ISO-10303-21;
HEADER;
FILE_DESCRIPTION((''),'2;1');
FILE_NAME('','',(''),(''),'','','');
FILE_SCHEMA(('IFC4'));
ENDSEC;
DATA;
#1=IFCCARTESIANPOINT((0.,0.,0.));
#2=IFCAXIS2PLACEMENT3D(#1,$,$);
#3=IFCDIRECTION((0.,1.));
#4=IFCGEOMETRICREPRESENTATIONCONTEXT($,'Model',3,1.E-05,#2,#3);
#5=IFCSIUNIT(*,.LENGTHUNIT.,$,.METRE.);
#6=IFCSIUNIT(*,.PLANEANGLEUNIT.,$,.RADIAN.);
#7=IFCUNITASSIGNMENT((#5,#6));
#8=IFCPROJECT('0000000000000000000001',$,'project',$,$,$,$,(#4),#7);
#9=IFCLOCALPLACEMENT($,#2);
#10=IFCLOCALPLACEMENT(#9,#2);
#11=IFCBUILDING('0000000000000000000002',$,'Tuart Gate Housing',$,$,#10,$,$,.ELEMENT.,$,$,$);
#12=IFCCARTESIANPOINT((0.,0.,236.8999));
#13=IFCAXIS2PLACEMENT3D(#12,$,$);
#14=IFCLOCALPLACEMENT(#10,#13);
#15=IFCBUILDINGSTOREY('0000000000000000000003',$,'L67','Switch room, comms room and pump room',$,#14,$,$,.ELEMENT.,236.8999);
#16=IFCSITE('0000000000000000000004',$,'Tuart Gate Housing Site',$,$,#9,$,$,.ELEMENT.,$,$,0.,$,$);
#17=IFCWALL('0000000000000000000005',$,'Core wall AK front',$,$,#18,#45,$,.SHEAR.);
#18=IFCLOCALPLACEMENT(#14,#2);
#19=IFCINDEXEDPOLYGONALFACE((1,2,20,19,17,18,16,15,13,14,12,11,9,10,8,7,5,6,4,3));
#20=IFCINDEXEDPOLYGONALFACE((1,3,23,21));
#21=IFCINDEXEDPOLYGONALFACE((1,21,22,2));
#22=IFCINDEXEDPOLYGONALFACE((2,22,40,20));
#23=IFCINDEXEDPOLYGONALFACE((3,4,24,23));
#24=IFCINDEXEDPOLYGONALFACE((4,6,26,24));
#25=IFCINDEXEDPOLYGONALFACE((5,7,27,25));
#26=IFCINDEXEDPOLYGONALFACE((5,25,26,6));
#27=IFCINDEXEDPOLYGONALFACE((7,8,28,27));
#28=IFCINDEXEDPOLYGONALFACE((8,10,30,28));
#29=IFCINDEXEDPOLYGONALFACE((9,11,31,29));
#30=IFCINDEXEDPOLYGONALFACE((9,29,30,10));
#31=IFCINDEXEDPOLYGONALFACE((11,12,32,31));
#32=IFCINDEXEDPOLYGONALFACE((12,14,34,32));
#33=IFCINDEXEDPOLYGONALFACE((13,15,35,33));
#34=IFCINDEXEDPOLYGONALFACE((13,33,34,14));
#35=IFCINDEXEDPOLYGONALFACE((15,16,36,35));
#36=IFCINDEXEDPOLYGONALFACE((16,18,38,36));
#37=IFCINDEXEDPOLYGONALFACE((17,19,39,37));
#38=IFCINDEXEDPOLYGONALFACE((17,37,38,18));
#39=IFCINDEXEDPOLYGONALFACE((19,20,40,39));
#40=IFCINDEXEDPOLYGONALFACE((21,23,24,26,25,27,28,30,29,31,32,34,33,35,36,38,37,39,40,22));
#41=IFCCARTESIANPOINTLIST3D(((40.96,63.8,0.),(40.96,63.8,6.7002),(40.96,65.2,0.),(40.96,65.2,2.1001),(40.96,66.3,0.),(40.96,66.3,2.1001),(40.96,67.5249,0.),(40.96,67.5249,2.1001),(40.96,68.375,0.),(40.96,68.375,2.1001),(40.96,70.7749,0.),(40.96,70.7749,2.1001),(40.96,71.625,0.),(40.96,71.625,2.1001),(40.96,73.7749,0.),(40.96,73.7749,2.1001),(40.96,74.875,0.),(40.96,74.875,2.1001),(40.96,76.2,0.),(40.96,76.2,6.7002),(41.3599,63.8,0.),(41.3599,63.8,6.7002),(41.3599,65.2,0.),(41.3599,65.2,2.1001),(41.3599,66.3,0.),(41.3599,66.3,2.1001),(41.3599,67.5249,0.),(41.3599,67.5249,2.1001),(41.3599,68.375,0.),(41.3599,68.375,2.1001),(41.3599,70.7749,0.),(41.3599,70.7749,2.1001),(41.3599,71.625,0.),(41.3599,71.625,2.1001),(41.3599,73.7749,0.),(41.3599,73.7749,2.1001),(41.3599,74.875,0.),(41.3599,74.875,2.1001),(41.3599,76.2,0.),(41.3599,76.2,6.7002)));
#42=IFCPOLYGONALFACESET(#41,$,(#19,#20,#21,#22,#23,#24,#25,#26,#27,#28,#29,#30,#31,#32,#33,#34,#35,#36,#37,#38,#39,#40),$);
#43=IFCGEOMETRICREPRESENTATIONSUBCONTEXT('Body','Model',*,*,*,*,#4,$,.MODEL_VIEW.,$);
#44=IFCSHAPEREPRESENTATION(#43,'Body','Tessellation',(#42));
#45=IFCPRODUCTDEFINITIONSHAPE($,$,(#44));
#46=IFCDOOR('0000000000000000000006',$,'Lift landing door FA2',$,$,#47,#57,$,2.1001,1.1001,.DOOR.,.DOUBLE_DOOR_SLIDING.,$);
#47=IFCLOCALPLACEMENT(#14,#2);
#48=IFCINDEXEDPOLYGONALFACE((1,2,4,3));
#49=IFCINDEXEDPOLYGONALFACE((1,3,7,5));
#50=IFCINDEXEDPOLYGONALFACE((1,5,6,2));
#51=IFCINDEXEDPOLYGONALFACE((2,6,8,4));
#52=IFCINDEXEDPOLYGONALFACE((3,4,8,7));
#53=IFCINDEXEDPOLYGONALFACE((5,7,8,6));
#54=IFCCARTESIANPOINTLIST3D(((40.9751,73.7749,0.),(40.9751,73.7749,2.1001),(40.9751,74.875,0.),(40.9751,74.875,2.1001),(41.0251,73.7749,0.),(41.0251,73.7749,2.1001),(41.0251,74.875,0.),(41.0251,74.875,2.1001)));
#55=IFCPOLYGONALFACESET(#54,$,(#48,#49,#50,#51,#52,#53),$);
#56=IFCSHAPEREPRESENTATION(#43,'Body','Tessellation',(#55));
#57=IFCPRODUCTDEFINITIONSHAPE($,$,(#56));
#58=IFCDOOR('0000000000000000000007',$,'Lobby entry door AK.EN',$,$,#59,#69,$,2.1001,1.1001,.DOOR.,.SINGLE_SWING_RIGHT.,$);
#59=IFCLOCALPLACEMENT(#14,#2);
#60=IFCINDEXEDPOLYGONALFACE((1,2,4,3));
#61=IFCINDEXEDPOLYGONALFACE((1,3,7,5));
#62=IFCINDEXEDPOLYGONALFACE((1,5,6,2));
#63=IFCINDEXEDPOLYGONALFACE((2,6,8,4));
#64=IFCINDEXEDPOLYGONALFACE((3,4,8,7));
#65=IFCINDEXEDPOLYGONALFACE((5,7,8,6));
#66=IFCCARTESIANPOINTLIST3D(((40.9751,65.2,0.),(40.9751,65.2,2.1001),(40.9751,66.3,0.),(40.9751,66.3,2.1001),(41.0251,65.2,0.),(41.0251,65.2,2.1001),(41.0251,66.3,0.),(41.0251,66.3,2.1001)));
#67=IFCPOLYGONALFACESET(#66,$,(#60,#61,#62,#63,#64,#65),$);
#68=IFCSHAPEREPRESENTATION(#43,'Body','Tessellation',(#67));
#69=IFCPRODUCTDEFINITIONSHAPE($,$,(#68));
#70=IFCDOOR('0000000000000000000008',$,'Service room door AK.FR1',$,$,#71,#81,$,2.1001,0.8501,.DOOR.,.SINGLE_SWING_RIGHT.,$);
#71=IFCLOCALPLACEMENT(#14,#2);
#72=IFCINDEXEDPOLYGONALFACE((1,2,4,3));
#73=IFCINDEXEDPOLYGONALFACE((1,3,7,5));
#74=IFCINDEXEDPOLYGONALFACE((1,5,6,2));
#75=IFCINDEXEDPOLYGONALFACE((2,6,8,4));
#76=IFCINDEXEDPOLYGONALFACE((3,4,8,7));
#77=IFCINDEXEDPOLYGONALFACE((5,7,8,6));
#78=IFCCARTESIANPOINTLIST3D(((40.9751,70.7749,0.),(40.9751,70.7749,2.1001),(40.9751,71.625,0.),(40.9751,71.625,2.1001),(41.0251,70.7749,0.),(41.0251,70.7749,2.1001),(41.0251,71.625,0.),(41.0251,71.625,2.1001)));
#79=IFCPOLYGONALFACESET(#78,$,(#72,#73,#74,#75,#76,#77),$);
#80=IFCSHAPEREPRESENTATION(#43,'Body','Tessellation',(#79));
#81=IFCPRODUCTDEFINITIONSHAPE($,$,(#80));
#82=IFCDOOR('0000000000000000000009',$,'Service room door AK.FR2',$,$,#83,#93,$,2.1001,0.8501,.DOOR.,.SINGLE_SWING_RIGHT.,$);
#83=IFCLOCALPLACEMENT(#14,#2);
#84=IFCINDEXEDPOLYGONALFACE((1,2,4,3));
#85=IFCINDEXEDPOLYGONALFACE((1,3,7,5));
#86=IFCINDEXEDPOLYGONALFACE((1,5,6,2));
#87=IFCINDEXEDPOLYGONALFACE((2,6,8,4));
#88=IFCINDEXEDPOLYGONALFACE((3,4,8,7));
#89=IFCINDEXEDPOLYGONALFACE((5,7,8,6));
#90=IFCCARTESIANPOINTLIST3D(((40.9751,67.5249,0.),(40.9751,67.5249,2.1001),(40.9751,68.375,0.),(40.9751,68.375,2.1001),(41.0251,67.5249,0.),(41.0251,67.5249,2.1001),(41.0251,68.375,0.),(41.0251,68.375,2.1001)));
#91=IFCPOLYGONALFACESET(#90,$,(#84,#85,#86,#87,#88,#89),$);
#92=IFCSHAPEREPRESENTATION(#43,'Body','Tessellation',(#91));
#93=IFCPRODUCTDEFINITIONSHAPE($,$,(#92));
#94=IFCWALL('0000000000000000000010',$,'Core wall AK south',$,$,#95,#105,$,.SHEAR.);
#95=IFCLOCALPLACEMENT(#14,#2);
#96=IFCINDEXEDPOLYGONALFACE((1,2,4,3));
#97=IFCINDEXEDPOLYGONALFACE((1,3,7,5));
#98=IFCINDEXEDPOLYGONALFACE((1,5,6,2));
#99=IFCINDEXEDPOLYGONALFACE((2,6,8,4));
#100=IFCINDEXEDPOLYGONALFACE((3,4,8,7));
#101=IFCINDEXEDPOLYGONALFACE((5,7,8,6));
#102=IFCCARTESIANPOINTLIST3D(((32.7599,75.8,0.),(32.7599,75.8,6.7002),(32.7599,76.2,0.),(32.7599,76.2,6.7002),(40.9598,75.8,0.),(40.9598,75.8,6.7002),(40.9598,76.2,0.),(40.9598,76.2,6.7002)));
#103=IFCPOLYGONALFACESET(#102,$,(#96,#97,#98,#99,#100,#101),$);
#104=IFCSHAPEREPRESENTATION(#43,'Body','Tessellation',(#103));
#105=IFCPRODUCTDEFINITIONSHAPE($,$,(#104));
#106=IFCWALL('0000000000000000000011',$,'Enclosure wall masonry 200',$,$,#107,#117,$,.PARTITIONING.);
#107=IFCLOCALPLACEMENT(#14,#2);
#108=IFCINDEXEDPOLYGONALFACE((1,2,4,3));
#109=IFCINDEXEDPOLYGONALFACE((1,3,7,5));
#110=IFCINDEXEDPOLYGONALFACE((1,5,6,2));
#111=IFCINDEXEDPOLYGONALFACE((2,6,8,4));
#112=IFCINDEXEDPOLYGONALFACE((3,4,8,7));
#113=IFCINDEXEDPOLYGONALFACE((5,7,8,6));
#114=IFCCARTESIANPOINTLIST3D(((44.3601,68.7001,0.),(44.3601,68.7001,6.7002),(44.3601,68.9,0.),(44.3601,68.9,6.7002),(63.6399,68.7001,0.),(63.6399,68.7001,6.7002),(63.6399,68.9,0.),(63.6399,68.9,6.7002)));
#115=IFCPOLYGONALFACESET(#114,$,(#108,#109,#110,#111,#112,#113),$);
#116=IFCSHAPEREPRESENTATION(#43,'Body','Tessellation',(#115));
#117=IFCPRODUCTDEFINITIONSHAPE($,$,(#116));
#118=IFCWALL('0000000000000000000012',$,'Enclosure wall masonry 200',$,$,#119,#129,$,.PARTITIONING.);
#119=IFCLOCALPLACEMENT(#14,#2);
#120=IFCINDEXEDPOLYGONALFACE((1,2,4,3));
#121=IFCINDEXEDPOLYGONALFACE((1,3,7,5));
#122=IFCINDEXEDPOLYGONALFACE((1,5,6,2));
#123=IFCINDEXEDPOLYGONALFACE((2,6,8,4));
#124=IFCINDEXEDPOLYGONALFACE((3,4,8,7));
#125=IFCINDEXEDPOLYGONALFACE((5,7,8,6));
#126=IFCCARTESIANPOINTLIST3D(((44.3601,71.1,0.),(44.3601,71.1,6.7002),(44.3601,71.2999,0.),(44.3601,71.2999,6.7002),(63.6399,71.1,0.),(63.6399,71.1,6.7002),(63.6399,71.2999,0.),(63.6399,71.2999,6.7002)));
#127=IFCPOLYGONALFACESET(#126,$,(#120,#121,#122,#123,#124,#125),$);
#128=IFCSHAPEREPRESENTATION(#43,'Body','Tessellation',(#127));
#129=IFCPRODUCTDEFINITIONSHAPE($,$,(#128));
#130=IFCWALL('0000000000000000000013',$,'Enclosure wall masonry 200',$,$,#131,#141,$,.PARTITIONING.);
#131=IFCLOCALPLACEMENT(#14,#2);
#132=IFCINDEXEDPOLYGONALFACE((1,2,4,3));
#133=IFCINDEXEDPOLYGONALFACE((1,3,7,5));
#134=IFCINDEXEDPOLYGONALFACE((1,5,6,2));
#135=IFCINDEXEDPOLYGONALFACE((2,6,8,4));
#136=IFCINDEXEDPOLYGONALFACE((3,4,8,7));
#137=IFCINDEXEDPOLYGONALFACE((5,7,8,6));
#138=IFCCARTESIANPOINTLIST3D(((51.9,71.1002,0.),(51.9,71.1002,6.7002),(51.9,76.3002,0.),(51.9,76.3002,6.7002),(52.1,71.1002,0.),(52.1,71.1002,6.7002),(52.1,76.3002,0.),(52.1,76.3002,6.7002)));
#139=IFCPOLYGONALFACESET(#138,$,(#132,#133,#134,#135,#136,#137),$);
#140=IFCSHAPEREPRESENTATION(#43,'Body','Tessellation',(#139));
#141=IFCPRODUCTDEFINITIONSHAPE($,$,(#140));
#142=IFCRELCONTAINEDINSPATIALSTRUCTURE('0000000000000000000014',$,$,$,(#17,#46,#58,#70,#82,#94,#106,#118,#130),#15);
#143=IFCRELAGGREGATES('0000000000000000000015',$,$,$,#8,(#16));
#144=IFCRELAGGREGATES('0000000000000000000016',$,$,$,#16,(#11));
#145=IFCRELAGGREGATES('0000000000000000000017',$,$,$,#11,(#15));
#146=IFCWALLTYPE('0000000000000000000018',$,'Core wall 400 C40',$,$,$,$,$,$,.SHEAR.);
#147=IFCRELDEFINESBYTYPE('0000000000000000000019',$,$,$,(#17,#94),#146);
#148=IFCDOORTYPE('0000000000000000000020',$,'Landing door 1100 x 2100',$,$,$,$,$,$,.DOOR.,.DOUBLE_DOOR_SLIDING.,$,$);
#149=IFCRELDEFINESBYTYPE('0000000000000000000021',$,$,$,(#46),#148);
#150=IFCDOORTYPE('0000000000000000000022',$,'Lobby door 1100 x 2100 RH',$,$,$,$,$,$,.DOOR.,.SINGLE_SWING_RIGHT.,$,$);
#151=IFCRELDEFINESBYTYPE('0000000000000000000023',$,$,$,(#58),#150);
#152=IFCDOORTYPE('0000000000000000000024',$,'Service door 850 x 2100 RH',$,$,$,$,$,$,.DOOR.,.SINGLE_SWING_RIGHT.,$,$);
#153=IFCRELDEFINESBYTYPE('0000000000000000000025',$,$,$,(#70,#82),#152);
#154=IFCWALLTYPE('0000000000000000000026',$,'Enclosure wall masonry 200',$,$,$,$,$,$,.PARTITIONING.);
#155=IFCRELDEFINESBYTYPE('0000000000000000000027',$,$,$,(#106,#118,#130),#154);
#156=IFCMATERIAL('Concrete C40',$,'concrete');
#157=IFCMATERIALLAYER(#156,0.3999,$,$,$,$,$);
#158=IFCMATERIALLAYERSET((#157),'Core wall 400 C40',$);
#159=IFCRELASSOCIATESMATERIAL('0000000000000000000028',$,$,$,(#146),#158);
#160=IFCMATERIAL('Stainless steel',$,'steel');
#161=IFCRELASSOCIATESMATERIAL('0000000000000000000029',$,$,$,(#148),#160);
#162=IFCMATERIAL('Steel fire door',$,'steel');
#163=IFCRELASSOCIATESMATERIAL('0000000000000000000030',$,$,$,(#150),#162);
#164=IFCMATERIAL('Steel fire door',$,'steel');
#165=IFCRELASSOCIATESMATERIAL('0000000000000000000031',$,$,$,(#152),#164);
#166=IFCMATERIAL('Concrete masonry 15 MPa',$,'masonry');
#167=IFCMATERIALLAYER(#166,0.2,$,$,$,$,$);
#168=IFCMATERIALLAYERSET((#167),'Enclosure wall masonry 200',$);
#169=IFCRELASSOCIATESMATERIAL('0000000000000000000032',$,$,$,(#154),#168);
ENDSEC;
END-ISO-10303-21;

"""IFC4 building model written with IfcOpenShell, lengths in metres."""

from ifc_helpers import new_model, si_unit, direction, frame, frame_2d, origin, place, context, subcontext, project, spatial, rectangle, extrude, material, layer, layer_set, type_object, element, fill, save


model = new_model("IFC4")

# Units and contexts
model_context = context("Model", 3, precision=1e-05, world=origin(), true_north=direction((0.0, 1.0)))
body_context = subcontext(model_context, "Body", "Model", "MODEL_VIEW")
ifc_project = project(units=[si_unit("LENGTHUNIT", "METRE"), si_unit("PLANEANGLEUNIT", "RADIAN")], contexts=[model_context])

# Site, building, storey
site_placement = place(None, origin())
site = spatial("IfcSite", under=ifc_project, at=site_placement, Name="Tuart Gate Housing Site", CompositionType="ELEMENT", RefElevation=0.0)
building_placement = place(site_placement, origin())
building = spatial("IfcBuilding", under=site, at=building_placement, Name="Tuart Gate Housing", CompositionType="ELEMENT")
storey_placement = place(building_placement, frame((0.0, 0.0, 236.8999)))
storey = spatial("IfcBuildingStorey", under=building, at=storey_placement, Name="L67", Description="Switch room, comms room and pump room", CompositionType="ELEMENT", Elevation=236.8999)

# Wall, openings, doors
ifc_material_1 = material(Name="Concrete C40", Category="concrete")
ifc_layer_1 = layer(ifc_material_1, 0.3999)
ifc_layer_set_1 = layer_set([ifc_layer_1], Name="Core wall 400 C40")
wall_type_1 = type_object("IfcWallType", Name="Core wall 400 C40", PredefinedType="SHEAR", material=ifc_layer_set_1)
wall_1_placement = place(storey_placement, frame((41.1599, 76.2, 0.0), z_axis=(0.0, 0.0, 1.0), x_axis=(0.0, -1.0, 0.0)))
wall_1 = element("IfcWall", 1, at=wall_1_placement, inside=storey, type_object=wall_type_1, Name="Core wall AK front", PredefinedType="SHEAR", context=body_context, shape_type="SweptSolid", body=[
    extrude(rectangle(XDim=12.3999, YDim=0.3999, at=frame_2d((6.2, 0.0))), origin(), (0.0, 0.0, 1.0), 6.7002),
])
opening_1_placement = place(wall_1_placement, frame((1.325, 0.0, 0.0)))
opening_1 = element("IfcOpeningElement", 2, at=opening_1_placement, cuts=wall_1, PredefinedType="OPENING", context=body_context, shape_type="SweptSolid", body=[
    extrude(rectangle(XDim=1.1001, YDim=2.1001, at=frame_2d((0.55, 1.05))), frame((0.0, 0.21, 0.0), z_axis=(0.0, -1.0, 0.0), x_axis=(1.0, 0.0, 0.0)), (0.0, 0.0, 1.0), 0.4199),
])
opening_2_placement = place(wall_1_placement, frame((4.575, 0.0, 0.0)))
opening_2 = element("IfcOpeningElement", 3, at=opening_2_placement, cuts=wall_1, PredefinedType="OPENING", context=body_context, shape_type="SweptSolid", body=[
    extrude(rectangle(XDim=0.8501, YDim=2.1001, at=frame_2d((0.425, 1.05))), frame((0.0, 0.21, 0.0), z_axis=(0.0, -1.0, 0.0), x_axis=(1.0, 0.0, 0.0)), (0.0, 0.0, 1.0), 0.4199),
])
opening_3_placement = place(wall_1_placement, frame((7.825, 0.0, 0.0)))
opening_3 = element("IfcOpeningElement", 4, at=opening_3_placement, cuts=wall_1, PredefinedType="OPENING", context=body_context, shape_type="SweptSolid", body=[
    extrude(rectangle(XDim=0.8501, YDim=2.1001, at=frame_2d((0.425, 1.05))), frame((0.0, 0.21, 0.0), z_axis=(0.0, -1.0, 0.0), x_axis=(1.0, 0.0, 0.0)), (0.0, 0.0, 1.0), 0.4199),
])
opening_4_placement = place(wall_1_placement, frame((9.8999, 0.0, 0.0)))
opening_4 = element("IfcOpeningElement", 5, at=opening_4_placement, cuts=wall_1, PredefinedType="OPENING", context=body_context, shape_type="SweptSolid", body=[
    extrude(rectangle(XDim=1.1001, YDim=2.1001, at=frame_2d((0.55, 1.05))), frame((0.0, 0.21, 0.0), z_axis=(0.0, -1.0, 0.0), x_axis=(1.0, 0.0, 0.0)), (0.0, 0.0, 1.0), 0.4199),
])
ifc_material_2 = material(Name="Stainless steel", Category="steel")
door_type_1 = type_object("IfcDoorType", Name="Landing door 1100 x 2100", OperationType="DOUBLE_DOOR_SLIDING", PredefinedType="DOOR", material=ifc_material_2)
door_1_placement = place(opening_1_placement, origin())
door_1 = element("IfcDoor", 6, at=door_1_placement, inside=storey, type_object=door_type_1, Name="Lift landing door FA2", OperationType="DOUBLE_DOOR_SLIDING", OverallHeight=2.1001, OverallWidth=1.1001, PredefinedType="DOOR", context=body_context, shape_type="SweptSolid", body=[
    extrude(rectangle(XDim=1.1001, YDim=2.1001, at=frame_2d((0.55, 1.05))), frame((0.0, -0.1348, 0.0), z_axis=(0.0, -1.0, 0.0), x_axis=(1.0, 0.0, 0.0)), (0.0, 0.0, 1.0), 0.05),
])
fill(opening_1, door_1)
ifc_material_3 = material(Name="Steel fire door", Category="steel")
door_type_2 = type_object("IfcDoorType", Name="Lobby door 1100 x 2100 RH", OperationType="SINGLE_SWING_RIGHT", PredefinedType="DOOR", material=ifc_material_3)
door_2_placement = place(opening_4_placement, frame((1.1001, 0.0, 0.0), z_axis=(0.0, 0.0, 1.0), x_axis=(-1.0, 0.0, 0.0)))
door_2 = element("IfcDoor", 7, at=door_2_placement, inside=storey, type_object=door_type_2, Name="Lobby entry door AK.EN", OperationType="SINGLE_SWING_RIGHT", OverallHeight=2.1001, OverallWidth=1.1001, PredefinedType="DOOR", context=body_context, shape_type="SweptSolid", body=[
    extrude(rectangle(XDim=1.1001, YDim=2.1001, at=frame_2d((0.55, 1.05))), frame((0.0, 0.1848, 0.0), z_axis=(0.0, -1.0, 0.0), x_axis=(1.0, 0.0, 0.0)), (0.0, 0.0, 1.0), 0.05),
])
fill(opening_4, door_2)
ifc_material_4 = material(Name="Steel fire door", Category="steel")
door_type_3 = type_object("IfcDoorType", Name="Service door 850 x 2100 RH", OperationType="SINGLE_SWING_RIGHT", PredefinedType="DOOR", material=ifc_material_4)
door_3_placement = place(opening_2_placement, frame((0.8501, 0.0, 0.0), z_axis=(0.0, 0.0, 1.0), x_axis=(-1.0, 0.0, 0.0)))
door_3 = element("IfcDoor", 8, at=door_3_placement, inside=storey, type_object=door_type_3, Name="Service room door AK.FR1", OperationType="SINGLE_SWING_RIGHT", OverallHeight=2.1001, OverallWidth=0.8501, PredefinedType="DOOR", context=body_context, shape_type="SweptSolid", body=[
    extrude(rectangle(XDim=0.8501, YDim=2.1001, at=frame_2d((0.425, 1.05))), frame((0.0, 0.1848, 0.0), z_axis=(0.0, -1.0, 0.0), x_axis=(1.0, 0.0, 0.0)), (0.0, 0.0, 1.0), 0.05),
])
fill(opening_2, door_3)
door_4_placement = place(opening_3_placement, frame((0.8501, 0.0, 0.0), z_axis=(0.0, 0.0, 1.0), x_axis=(-1.0, 0.0, 0.0)))
door_4 = element("IfcDoor", 9, at=door_4_placement, inside=storey, type_object=door_type_3, Name="Service room door AK.FR2", OperationType="SINGLE_SWING_RIGHT", OverallHeight=2.1001, OverallWidth=0.8501, PredefinedType="DOOR", context=body_context, shape_type="SweptSolid", body=[
    extrude(rectangle(XDim=0.8501, YDim=2.1001, at=frame_2d((0.425, 1.05))), frame((0.0, 0.1848, 0.0), z_axis=(0.0, -1.0, 0.0), x_axis=(1.0, 0.0, 0.0)), (0.0, 0.0, 1.0), 0.05),
])
fill(opening_3, door_4)

# Walls
wall_2_placement = place(storey_placement, frame((40.96, 76.0, 0.0), z_axis=(0.0, 0.0, 1.0), x_axis=(-1.0, 0.0, 0.0)))
element("IfcWall", 10, at=wall_2_placement, inside=storey, type_object=wall_type_1, Name="Core wall AK south", PredefinedType="SHEAR", context=body_context, shape_type="SweptSolid", body=[
    extrude(rectangle(XDim=8.2, YDim=0.3999, at=frame_2d((4.1001, 0.0))), origin(), (0.0, 0.0, 1.0), 6.7002),
])
ifc_material_5 = material(Name="Concrete masonry 15 MPa", Category="masonry")
ifc_layer_2 = layer(ifc_material_5, 0.2)
ifc_layer_set_2 = layer_set([ifc_layer_2], Name="Enclosure wall masonry 200")
wall_type_2 = type_object("IfcWallType", Name="Enclosure wall masonry 200", PredefinedType="PARTITIONING", material=ifc_layer_set_2)
for number, where, z_axis, x_axis, name in (
    (11, (44.3601, 68.8, 0.0), (0.0, 0.0, 1.0), (1.0, 0.0, 0.0), "Enclosure wall masonry 200"),
    (12, (44.3601, 71.2, 0.0), (0.0, 0.0, 1.0), (1.0, 0.0, 0.0), "Enclosure wall masonry 200"),
):
    element("IfcWall", number, at=place(storey_placement, frame(where, z_axis=z_axis, x_axis=x_axis)), inside=storey, type_object=wall_type_2, Name=name, PredefinedType="PARTITIONING", context=body_context, shape_type="SweptSolid", body=[
        extrude(rectangle(XDim=19.2798, YDim=0.2, at=frame_2d((9.6399, 0.0))), origin(), (0.0, 0.0, 1.0), 6.7002),
    ])
wall_3_placement = place(storey_placement, frame((52.0, 71.1001, 0.0), z_axis=(0.0, 0.0, 1.0), x_axis=(0.0, 1.0, 0.0)))
element("IfcWall", 13, at=wall_3_placement, inside=storey, type_object=wall_type_2, Name="Enclosure wall masonry 200", PredefinedType="PARTITIONING", context=body_context, shape_type="SweptSolid", body=[
    extrude(rectangle(XDim=5.2, YDim=0.2, at=frame_2d((2.6001, 0.0))), origin(), (0.0, 0.0, 1.0), 6.7002),
])

save(model, "model.ifc")
